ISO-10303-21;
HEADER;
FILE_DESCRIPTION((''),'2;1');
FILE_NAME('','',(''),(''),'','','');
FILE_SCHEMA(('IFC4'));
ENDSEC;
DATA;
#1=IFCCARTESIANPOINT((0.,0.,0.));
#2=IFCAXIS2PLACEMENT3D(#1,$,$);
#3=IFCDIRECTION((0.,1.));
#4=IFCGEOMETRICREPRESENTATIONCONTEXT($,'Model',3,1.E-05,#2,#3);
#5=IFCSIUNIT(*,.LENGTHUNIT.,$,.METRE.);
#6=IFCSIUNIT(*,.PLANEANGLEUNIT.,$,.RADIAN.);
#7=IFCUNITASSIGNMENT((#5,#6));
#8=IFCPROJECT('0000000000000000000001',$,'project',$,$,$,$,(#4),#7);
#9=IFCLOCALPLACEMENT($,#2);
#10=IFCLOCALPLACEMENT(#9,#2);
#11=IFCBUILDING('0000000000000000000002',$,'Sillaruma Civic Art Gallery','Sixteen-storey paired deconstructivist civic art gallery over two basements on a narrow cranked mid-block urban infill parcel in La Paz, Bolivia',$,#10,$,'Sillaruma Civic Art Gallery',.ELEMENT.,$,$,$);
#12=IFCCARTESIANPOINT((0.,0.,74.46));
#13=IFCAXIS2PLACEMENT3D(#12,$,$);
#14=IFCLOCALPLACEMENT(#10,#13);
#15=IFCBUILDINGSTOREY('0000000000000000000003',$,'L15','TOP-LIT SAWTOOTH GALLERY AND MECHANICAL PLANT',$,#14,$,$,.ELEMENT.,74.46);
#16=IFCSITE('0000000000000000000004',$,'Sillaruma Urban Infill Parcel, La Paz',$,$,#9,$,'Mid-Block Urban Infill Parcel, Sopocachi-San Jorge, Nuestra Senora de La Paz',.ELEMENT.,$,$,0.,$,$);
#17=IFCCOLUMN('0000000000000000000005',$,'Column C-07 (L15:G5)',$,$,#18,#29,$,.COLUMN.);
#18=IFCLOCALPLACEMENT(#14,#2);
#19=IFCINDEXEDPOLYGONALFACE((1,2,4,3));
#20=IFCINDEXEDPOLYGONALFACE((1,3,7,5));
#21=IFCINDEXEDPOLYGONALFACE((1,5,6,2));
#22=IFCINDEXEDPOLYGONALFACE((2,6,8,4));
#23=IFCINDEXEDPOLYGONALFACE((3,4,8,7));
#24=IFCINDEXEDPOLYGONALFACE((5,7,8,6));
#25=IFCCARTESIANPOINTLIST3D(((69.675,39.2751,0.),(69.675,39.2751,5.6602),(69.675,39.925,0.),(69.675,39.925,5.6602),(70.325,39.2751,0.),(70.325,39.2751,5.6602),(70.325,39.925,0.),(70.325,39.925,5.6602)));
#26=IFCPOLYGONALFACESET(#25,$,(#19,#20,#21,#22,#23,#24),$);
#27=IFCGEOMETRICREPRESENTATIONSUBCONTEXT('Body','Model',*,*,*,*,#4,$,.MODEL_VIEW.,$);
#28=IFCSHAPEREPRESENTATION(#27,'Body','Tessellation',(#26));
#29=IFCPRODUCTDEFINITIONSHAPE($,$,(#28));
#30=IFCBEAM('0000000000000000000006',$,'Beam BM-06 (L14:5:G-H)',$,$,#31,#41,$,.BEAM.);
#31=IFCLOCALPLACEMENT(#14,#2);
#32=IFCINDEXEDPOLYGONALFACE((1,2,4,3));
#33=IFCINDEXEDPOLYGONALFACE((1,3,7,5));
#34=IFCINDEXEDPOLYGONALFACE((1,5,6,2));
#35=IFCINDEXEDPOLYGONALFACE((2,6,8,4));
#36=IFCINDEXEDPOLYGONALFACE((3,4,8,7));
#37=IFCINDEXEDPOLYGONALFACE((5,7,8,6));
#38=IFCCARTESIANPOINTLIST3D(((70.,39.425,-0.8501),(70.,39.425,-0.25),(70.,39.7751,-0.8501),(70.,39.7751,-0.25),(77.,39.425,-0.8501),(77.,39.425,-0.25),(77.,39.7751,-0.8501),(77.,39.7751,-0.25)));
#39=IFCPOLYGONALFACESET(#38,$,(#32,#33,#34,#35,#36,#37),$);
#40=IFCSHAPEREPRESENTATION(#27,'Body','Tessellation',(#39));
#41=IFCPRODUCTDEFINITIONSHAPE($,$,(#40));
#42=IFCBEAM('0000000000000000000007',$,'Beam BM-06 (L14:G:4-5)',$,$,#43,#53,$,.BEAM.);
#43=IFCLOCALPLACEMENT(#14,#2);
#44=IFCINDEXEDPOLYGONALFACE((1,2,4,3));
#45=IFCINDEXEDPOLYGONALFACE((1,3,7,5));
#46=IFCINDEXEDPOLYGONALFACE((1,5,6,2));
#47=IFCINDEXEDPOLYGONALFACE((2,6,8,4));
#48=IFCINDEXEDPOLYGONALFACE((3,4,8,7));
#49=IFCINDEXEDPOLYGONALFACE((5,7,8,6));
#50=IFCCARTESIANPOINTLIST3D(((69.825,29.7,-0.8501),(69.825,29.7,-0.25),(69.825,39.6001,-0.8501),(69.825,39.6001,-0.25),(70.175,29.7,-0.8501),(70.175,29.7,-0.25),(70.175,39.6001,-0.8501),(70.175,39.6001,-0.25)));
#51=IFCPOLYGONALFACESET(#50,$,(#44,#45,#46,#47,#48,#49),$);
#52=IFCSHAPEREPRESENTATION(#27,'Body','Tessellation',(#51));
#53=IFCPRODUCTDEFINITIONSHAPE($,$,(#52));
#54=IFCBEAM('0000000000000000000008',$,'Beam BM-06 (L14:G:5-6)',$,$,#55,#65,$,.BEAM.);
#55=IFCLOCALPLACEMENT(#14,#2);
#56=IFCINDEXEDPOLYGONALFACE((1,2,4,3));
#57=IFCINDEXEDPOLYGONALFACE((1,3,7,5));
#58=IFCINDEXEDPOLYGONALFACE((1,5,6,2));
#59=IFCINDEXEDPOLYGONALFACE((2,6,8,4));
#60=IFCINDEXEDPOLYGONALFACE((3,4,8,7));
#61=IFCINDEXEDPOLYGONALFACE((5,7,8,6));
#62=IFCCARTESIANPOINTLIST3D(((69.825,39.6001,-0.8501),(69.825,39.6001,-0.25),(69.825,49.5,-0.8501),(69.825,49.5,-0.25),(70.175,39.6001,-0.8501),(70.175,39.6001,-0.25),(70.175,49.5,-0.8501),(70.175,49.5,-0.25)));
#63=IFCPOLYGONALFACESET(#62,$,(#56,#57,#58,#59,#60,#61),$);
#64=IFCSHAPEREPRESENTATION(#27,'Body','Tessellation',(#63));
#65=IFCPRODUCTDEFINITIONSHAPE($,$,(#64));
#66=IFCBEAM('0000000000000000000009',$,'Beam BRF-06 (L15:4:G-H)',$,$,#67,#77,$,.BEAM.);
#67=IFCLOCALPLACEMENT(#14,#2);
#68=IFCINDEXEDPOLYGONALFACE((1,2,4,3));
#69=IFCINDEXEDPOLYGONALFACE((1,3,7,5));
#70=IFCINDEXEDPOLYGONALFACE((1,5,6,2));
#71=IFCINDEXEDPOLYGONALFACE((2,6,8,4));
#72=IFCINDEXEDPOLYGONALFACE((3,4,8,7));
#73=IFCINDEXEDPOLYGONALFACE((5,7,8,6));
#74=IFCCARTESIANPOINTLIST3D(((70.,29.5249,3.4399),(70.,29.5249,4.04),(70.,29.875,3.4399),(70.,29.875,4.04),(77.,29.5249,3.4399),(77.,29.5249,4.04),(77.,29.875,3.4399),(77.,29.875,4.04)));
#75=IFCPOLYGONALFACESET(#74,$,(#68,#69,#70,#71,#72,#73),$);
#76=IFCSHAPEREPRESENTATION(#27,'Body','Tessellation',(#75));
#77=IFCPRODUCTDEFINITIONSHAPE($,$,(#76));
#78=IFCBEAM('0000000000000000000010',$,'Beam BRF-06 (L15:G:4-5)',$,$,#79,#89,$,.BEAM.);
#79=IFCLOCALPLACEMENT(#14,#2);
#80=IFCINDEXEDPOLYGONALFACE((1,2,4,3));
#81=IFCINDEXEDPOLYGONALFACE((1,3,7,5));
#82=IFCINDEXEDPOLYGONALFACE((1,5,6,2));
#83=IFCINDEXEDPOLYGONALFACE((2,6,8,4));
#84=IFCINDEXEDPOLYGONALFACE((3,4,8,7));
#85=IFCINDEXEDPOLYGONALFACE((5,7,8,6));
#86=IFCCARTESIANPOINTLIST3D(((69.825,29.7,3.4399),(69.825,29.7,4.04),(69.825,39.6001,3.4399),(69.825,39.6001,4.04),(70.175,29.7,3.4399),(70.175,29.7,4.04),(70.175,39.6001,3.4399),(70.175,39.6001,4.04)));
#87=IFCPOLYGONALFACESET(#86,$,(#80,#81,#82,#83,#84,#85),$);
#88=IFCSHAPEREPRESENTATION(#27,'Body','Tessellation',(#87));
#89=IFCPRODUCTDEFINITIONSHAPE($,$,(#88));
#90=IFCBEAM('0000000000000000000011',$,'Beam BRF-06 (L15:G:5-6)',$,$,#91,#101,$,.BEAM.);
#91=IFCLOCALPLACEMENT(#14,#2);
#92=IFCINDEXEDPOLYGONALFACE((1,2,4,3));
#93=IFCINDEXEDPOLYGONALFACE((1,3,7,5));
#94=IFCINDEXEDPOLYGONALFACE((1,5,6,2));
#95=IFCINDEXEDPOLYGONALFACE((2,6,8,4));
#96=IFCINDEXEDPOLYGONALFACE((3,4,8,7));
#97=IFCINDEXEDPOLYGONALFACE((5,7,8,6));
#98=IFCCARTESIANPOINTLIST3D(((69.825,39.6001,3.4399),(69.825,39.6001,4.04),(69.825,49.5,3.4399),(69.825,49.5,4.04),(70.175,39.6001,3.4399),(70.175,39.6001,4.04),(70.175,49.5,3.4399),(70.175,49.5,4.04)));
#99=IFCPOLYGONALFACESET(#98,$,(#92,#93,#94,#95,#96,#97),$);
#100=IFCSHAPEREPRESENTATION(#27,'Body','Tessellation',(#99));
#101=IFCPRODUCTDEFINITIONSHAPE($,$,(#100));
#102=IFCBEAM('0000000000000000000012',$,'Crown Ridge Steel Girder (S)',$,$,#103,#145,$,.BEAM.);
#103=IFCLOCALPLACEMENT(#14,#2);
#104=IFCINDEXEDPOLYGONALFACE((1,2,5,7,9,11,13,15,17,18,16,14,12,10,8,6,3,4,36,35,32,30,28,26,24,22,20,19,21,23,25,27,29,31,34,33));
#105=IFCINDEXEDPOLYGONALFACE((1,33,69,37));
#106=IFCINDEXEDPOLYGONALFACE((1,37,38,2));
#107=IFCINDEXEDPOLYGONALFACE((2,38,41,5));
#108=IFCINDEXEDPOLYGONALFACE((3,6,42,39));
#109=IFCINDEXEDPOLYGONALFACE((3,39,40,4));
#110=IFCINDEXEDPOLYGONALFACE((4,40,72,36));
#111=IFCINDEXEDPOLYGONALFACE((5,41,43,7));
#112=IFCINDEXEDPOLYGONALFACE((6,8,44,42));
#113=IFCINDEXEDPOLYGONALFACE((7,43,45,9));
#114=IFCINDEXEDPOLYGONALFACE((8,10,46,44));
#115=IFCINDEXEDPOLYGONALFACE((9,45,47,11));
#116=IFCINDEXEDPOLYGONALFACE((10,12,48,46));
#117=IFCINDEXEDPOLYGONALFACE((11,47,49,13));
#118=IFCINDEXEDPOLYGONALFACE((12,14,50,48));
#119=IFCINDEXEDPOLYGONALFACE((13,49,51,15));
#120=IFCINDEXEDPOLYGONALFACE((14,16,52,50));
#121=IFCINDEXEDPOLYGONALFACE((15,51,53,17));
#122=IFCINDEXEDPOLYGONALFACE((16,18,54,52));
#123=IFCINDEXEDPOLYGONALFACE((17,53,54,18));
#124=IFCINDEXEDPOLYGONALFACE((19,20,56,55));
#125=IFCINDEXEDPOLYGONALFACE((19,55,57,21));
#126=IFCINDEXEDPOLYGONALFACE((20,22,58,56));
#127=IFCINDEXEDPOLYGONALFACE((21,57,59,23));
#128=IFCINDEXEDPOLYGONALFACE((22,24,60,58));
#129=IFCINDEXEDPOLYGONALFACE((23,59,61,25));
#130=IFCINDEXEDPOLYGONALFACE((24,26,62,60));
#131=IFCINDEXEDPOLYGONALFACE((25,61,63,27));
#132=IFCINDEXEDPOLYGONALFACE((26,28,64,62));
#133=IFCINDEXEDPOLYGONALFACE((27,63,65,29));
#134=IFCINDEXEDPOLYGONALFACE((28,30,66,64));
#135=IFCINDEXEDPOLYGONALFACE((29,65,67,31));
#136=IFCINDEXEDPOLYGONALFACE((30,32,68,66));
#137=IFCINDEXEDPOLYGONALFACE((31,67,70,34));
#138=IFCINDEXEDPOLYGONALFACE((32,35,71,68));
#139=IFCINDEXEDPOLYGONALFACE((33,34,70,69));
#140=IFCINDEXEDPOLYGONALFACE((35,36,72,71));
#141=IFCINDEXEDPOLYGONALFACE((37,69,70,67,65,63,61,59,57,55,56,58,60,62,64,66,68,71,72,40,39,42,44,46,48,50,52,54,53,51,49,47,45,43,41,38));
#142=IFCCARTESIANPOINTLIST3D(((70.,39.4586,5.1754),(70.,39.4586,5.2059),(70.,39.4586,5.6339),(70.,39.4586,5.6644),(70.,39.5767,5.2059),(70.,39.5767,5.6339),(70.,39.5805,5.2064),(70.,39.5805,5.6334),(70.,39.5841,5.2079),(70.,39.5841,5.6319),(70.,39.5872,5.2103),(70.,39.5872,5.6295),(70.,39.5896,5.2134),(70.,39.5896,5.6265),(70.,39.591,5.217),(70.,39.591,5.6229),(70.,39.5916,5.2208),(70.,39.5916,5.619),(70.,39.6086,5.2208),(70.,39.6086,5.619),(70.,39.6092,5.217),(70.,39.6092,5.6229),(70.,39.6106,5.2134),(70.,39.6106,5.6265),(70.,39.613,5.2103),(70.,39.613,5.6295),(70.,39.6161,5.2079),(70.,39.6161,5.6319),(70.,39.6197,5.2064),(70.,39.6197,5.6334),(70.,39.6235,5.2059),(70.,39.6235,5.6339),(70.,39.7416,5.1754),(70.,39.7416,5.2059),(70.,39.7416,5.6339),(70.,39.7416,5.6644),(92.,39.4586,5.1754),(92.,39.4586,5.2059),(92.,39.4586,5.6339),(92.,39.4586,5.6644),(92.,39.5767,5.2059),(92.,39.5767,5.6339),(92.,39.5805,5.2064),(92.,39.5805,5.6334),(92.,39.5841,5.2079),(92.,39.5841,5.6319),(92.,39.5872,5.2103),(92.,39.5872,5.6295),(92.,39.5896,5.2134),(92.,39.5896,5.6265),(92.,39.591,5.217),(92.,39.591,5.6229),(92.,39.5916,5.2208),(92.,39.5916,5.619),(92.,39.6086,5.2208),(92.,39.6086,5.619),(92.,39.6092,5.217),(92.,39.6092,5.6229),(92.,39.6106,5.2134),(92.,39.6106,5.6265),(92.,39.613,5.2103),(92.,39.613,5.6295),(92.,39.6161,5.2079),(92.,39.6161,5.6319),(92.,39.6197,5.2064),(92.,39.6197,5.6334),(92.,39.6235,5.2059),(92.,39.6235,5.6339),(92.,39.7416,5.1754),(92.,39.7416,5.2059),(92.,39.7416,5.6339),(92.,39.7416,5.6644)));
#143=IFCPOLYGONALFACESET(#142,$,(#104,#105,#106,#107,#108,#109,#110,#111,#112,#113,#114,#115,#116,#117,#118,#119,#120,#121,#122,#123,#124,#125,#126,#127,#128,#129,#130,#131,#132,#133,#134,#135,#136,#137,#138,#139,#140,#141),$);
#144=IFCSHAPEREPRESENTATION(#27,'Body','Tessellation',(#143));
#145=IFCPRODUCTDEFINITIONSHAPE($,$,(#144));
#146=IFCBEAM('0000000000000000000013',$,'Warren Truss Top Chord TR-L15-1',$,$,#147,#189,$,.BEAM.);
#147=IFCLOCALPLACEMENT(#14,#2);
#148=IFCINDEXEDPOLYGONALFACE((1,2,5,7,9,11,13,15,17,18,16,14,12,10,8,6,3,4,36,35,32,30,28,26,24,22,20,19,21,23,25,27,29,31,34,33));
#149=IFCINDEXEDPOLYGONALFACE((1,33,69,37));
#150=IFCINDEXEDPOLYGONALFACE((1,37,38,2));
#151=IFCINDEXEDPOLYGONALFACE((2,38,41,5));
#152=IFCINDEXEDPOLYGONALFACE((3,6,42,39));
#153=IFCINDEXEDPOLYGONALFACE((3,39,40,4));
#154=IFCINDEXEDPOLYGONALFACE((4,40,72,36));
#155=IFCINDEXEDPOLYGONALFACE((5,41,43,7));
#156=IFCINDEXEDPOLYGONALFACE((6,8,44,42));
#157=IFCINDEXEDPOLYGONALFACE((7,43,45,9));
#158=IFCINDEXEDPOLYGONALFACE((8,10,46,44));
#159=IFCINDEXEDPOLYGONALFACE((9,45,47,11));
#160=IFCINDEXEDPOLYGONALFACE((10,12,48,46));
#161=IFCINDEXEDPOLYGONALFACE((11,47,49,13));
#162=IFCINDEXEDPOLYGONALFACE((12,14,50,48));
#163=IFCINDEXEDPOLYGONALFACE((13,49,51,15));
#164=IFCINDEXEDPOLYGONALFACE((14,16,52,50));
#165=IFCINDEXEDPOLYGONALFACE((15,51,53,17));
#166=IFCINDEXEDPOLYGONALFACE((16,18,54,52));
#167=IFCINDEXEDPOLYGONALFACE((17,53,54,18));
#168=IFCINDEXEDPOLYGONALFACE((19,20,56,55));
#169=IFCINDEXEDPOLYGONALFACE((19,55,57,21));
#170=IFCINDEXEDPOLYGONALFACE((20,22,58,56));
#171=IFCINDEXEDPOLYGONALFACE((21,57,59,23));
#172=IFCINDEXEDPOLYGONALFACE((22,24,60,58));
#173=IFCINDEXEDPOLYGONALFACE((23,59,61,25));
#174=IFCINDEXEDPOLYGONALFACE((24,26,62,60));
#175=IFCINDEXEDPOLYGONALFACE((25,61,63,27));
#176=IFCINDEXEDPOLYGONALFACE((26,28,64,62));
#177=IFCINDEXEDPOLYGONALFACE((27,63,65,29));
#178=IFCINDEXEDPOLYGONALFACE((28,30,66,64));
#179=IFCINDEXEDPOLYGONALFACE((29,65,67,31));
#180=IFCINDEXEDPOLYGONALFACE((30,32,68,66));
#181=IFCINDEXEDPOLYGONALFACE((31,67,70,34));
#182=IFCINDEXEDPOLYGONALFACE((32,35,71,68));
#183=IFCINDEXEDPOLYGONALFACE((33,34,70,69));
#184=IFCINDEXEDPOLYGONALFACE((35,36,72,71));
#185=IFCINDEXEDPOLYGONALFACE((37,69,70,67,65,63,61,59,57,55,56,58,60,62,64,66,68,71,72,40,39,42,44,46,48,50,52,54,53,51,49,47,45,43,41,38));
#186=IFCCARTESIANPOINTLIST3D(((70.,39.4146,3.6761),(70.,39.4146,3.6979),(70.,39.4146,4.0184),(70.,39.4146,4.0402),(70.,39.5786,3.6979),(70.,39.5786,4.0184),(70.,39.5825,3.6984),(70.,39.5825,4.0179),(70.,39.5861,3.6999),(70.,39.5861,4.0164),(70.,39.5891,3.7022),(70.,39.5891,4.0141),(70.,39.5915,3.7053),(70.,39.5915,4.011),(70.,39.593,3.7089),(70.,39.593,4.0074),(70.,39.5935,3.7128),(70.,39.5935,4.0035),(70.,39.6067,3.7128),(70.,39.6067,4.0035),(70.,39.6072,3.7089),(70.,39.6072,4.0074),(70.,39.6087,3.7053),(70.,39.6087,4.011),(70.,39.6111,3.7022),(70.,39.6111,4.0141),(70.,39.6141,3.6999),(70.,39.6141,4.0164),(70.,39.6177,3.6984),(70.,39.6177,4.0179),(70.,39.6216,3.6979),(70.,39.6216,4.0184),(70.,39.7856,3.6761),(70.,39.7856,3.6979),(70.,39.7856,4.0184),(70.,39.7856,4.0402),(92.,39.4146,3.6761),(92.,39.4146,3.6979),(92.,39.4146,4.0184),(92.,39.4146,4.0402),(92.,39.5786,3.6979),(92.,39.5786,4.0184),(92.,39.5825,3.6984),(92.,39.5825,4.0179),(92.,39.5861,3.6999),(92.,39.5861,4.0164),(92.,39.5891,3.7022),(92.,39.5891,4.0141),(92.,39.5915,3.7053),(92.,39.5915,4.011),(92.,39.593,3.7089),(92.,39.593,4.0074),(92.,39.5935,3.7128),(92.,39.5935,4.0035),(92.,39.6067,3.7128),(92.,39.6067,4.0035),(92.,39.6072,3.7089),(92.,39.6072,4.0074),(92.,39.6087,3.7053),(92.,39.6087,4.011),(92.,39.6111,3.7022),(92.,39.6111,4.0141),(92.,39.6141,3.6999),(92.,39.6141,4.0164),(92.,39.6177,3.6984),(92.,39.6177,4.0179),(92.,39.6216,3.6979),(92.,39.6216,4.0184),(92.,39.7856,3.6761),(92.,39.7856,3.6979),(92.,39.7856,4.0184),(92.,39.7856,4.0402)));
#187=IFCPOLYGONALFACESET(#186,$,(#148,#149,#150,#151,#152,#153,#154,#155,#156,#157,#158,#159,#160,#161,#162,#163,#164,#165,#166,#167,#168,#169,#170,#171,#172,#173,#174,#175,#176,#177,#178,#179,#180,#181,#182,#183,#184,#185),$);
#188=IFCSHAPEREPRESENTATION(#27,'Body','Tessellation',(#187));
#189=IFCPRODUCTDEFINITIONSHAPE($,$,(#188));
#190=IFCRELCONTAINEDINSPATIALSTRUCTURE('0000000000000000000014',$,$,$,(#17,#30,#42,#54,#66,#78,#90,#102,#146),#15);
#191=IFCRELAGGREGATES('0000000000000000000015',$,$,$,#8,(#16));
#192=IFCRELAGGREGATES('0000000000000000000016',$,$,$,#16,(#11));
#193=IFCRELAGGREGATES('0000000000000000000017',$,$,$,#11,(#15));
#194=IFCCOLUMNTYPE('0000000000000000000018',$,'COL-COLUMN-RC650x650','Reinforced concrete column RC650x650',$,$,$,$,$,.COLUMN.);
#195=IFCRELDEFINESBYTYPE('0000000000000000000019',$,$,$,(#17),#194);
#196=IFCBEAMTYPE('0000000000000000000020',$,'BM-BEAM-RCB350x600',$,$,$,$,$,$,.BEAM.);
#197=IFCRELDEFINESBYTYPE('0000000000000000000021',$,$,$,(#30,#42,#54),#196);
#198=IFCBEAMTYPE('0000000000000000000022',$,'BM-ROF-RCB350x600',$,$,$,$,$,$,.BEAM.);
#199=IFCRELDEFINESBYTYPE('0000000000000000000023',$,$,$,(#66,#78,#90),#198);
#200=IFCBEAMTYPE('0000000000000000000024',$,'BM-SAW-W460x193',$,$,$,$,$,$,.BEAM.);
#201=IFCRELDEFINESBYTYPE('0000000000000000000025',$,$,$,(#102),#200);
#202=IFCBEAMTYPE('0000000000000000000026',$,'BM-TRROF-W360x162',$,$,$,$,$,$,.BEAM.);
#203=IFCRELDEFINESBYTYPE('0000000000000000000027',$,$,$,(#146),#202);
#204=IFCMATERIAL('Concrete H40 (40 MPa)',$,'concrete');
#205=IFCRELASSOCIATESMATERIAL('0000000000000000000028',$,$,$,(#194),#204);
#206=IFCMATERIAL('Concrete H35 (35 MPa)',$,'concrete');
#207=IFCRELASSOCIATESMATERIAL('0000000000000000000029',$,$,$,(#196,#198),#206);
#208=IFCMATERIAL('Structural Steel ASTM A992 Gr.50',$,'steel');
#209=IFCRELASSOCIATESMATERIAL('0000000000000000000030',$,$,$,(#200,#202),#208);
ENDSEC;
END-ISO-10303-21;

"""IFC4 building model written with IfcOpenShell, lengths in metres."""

from ifc_helpers import new_model, si_unit, direction, frame, origin, origin_2d, place, context, subcontext, project, spatial, rectangle, i_section, extrude, material, material_profile, profile_set, type_object, element, save


model = new_model("IFC4")

# Units and contexts
model_context = context("Model", 3, precision=1e-05, world=origin(), true_north=direction((0.0, 1.0)))
body_context = subcontext(model_context, "Body", "Model", "MODEL_VIEW")
ifc_project = project(units=[si_unit("LENGTHUNIT", "METRE"), si_unit("PLANEANGLEUNIT", "RADIAN")], contexts=[model_context])

# Site, building, storey
site_placement = place(None, origin())
site = spatial("IfcSite", under=ifc_project, at=site_placement, Name="Sillaruma Urban Infill Parcel, La Paz", LongName="Mid-Block Urban Infill Parcel, Sopocachi-San Jorge, Nuestra Senora de La Paz", CompositionType="ELEMENT", RefElevation=0.0)
building_placement = place(site_placement, origin())
building = spatial("IfcBuilding", under=site, at=building_placement, Name="Sillaruma Civic Art Gallery", Description="Sixteen-storey paired deconstructivist civic art gallery over two basements on a narrow cranked mid-block urban infill parcel in La Paz, Bolivia", LongName="Sillaruma Civic Art Gallery", CompositionType="ELEMENT")
storey_placement = place(building_placement, frame((0.0, 0.0, 74.46)))
storey = spatial("IfcBuildingStorey", under=building, at=storey_placement, Name="L15", Description="TOP-LIT SAWTOOTH GALLERY AND MECHANICAL PLANT", CompositionType="ELEMENT", Elevation=74.46)

# Column
ifc_material_1 = material(Name="Concrete H40 (40 MPa)", Category="concrete")
ifc_material_profile_1 = material_profile(ifc_material_1, rectangle(XDim=0.6499, YDim=0.6499, at=origin_2d()), Name="RC650x650")
ifc_profile_set_1 = profile_set([ifc_material_profile_1], Name="Concrete H40 (40 MPa)")
column_type = type_object("IfcColumnType", Name="COL-COLUMN-RC650x650", Description="Reinforced concrete column RC650x650", PredefinedType="COLUMN", material=ifc_profile_set_1)
column_placement = place(storey_placement, frame((70.0, 39.6001, 0.0), z_axis=(0.0, 0.0, 1.0), x_axis=(1.0, 0.0, 0.0)))
element("IfcColumn", 1, at=column_placement, inside=storey, type_object=column_type, Name="Column C-07 (L15:G5)", PredefinedType="COLUMN", context=body_context, shape_type="SweptSolid", body=[
    extrude(rectangle(XDim=0.6499, YDim=0.6499, at=origin_2d()), origin(), (0.0, 0.0, 1.0), 5.6602),
])

# Beams
ifc_material_2 = material(Name="Concrete H35 (35 MPa)", Category="concrete")
ifc_material_profile_2 = material_profile(ifc_material_2, rectangle(XDim=0.3501, YDim=0.6001, at=origin_2d()), Name="RCB350x600")
ifc_profile_set_2 = profile_set([ifc_material_profile_2], Name="Concrete H35 (35 MPa)")
beam_type_1 = type_object("IfcBeamType", Name="BM-BEAM-RCB350x600", PredefinedType="BEAM", material=ifc_profile_set_2)
beam_1_placement = place(storey_placement, frame((70.0, 39.6001, -0.55), z_axis=(1.0, 0.0, 0.0), x_axis=(0.0, 1.0, 0.0)))
element("IfcBeam", 2, at=beam_1_placement, inside=storey, type_object=beam_type_1, Name="Beam BM-06 (L14:5:G-H)", PredefinedType="BEAM", context=body_context, shape_type="SweptSolid", body=[
    extrude(rectangle(XDim=0.3501, YDim=0.6001, at=origin_2d()), origin(), (0.0, 0.0, 1.0), 7.0),
])
beam_2_placement = place(storey_placement, frame((70.0, 29.7, -0.55), z_axis=(0.0, 1.0, 0.0), x_axis=(-1.0, 0.0, 0.0)))
element("IfcBeam", 3, at=beam_2_placement, inside=storey, type_object=beam_type_1, Name="Beam BM-06 (L14:G:4-5)", PredefinedType="BEAM", context=body_context, shape_type="SweptSolid", body=[
    extrude(rectangle(XDim=0.3501, YDim=0.6001, at=origin_2d()), origin(), (0.0, 0.0, 1.0), 9.9001),
])
beam_3_placement = place(storey_placement, frame((70.0, 39.6001, -0.55), z_axis=(0.0, 1.0, 0.0), x_axis=(-1.0, 0.0, 0.0)))
element("IfcBeam", 4, at=beam_3_placement, inside=storey, type_object=beam_type_1, Name="Beam BM-06 (L14:G:5-6)", PredefinedType="BEAM", context=body_context, shape_type="SweptSolid", body=[
    extrude(rectangle(XDim=0.3501, YDim=0.6001, at=origin_2d()), origin(), (0.0, 0.0, 1.0), 9.8999),
])
ifc_material_profile_3 = material_profile(ifc_material_2, rectangle(XDim=0.3501, YDim=0.6001, at=origin_2d()), Name="RCB350x600")
ifc_profile_set_3 = profile_set([ifc_material_profile_3], Name="Concrete H35 (35 MPa)")
beam_type_2 = type_object("IfcBeamType", Name="BM-ROF-RCB350x600", PredefinedType="BEAM", material=ifc_profile_set_3)
beam_4_placement = place(storey_placement, frame((70.0, 29.7, 3.74), z_axis=(1.0, 0.0, 0.0), x_axis=(0.0, 1.0, 0.0)))
element("IfcBeam", 5, at=beam_4_placement, inside=storey, type_object=beam_type_2, Name="Beam BRF-06 (L15:4:G-H)", PredefinedType="BEAM", context=body_context, shape_type="SweptSolid", body=[
    extrude(rectangle(XDim=0.3501, YDim=0.6001, at=origin_2d()), origin(), (0.0, 0.0, 1.0), 7.0),
])
beam_5_placement = place(storey_placement, frame((70.0, 29.7, 3.74), z_axis=(0.0, 1.0, 0.0), x_axis=(-1.0, 0.0, 0.0)))
element("IfcBeam", 6, at=beam_5_placement, inside=storey, type_object=beam_type_2, Name="Beam BRF-06 (L15:G:4-5)", PredefinedType="BEAM", context=body_context, shape_type="SweptSolid", body=[
    extrude(rectangle(XDim=0.3501, YDim=0.6001, at=origin_2d()), origin(), (0.0, 0.0, 1.0), 9.9001),
])
beam_6_placement = place(storey_placement, frame((70.0, 39.6001, 3.74), z_axis=(0.0, 1.0, 0.0), x_axis=(-1.0, 0.0, 0.0)))
element("IfcBeam", 7, at=beam_6_placement, inside=storey, type_object=beam_type_2, Name="Beam BRF-06 (L15:G:5-6)", PredefinedType="BEAM", context=body_context, shape_type="SweptSolid", body=[
    extrude(rectangle(XDim=0.3501, YDim=0.6001, at=origin_2d()), origin(), (0.0, 0.0, 1.0), 9.8999),
])
ifc_material_3 = material(Name="Structural Steel ASTM A992 Gr.50", Category="steel")
ifc_material_profile_4 = material_profile(ifc_material_3, i_section(OverallWidth=0.283, OverallDepth=0.489, WebThickness=0.0171, FlangeThickness=0.0305, FilletRadius=0.0149, at=origin_2d()), Name="W460x193")
ifc_profile_set_4 = profile_set([ifc_material_profile_4], Name="Structural Steel ASTM A992 Gr.50")
beam_type_3 = type_object("IfcBeamType", Name="BM-SAW-W460x193", PredefinedType="BEAM", material=ifc_profile_set_4)
beam_7_placement = place(storey_placement, frame((70.0, 39.6001, 5.4199), z_axis=(1.0, 0.0, 0.0), x_axis=(0.0, 1.0, 0.0)))
element("IfcBeam", 8, at=beam_7_placement, inside=storey, type_object=beam_type_3, Name="Crown Ridge Steel Girder (S)", PredefinedType="BEAM", context=body_context, shape_type="SweptSolid", body=[
    extrude(i_section(OverallWidth=0.283, OverallDepth=0.489, WebThickness=0.0171, FlangeThickness=0.0305, FilletRadius=0.0149, at=origin_2d()), origin(), (0.0, 0.0, 1.0), 22.0),
])
ifc_material_profile_5 = material_profile(ifc_material_3, i_section(OverallWidth=0.3711, OverallDepth=0.364, WebThickness=0.0132, FlangeThickness=0.0217, FilletRadius=0.0149, at=origin_2d()), Name="W360x162")
ifc_profile_set_5 = profile_set([ifc_material_profile_5], Name="Structural Steel ASTM A992 Gr.50")
beam_type_4 = type_object("IfcBeamType", Name="BM-TRROF-W360x162", PredefinedType="BEAM", material=ifc_profile_set_5)
beam_8_placement = place(storey_placement, frame((70.0, 39.6001, 3.8582), z_axis=(1.0, 0.0, 0.0), x_axis=(0.0, 1.0, 0.0)))
element("IfcBeam", 9, at=beam_8_placement, inside=storey, type_object=beam_type_4, Name="Warren Truss Top Chord TR-L15-1", PredefinedType="BEAM", context=body_context, shape_type="SweptSolid", body=[
    extrude(i_section(OverallWidth=0.3711, OverallDepth=0.364, WebThickness=0.0132, FlangeThickness=0.0217, FilletRadius=0.0149, at=origin_2d()), origin(), (0.0, 0.0, 1.0), 22.0),
])

save(model, "model.ifc")
